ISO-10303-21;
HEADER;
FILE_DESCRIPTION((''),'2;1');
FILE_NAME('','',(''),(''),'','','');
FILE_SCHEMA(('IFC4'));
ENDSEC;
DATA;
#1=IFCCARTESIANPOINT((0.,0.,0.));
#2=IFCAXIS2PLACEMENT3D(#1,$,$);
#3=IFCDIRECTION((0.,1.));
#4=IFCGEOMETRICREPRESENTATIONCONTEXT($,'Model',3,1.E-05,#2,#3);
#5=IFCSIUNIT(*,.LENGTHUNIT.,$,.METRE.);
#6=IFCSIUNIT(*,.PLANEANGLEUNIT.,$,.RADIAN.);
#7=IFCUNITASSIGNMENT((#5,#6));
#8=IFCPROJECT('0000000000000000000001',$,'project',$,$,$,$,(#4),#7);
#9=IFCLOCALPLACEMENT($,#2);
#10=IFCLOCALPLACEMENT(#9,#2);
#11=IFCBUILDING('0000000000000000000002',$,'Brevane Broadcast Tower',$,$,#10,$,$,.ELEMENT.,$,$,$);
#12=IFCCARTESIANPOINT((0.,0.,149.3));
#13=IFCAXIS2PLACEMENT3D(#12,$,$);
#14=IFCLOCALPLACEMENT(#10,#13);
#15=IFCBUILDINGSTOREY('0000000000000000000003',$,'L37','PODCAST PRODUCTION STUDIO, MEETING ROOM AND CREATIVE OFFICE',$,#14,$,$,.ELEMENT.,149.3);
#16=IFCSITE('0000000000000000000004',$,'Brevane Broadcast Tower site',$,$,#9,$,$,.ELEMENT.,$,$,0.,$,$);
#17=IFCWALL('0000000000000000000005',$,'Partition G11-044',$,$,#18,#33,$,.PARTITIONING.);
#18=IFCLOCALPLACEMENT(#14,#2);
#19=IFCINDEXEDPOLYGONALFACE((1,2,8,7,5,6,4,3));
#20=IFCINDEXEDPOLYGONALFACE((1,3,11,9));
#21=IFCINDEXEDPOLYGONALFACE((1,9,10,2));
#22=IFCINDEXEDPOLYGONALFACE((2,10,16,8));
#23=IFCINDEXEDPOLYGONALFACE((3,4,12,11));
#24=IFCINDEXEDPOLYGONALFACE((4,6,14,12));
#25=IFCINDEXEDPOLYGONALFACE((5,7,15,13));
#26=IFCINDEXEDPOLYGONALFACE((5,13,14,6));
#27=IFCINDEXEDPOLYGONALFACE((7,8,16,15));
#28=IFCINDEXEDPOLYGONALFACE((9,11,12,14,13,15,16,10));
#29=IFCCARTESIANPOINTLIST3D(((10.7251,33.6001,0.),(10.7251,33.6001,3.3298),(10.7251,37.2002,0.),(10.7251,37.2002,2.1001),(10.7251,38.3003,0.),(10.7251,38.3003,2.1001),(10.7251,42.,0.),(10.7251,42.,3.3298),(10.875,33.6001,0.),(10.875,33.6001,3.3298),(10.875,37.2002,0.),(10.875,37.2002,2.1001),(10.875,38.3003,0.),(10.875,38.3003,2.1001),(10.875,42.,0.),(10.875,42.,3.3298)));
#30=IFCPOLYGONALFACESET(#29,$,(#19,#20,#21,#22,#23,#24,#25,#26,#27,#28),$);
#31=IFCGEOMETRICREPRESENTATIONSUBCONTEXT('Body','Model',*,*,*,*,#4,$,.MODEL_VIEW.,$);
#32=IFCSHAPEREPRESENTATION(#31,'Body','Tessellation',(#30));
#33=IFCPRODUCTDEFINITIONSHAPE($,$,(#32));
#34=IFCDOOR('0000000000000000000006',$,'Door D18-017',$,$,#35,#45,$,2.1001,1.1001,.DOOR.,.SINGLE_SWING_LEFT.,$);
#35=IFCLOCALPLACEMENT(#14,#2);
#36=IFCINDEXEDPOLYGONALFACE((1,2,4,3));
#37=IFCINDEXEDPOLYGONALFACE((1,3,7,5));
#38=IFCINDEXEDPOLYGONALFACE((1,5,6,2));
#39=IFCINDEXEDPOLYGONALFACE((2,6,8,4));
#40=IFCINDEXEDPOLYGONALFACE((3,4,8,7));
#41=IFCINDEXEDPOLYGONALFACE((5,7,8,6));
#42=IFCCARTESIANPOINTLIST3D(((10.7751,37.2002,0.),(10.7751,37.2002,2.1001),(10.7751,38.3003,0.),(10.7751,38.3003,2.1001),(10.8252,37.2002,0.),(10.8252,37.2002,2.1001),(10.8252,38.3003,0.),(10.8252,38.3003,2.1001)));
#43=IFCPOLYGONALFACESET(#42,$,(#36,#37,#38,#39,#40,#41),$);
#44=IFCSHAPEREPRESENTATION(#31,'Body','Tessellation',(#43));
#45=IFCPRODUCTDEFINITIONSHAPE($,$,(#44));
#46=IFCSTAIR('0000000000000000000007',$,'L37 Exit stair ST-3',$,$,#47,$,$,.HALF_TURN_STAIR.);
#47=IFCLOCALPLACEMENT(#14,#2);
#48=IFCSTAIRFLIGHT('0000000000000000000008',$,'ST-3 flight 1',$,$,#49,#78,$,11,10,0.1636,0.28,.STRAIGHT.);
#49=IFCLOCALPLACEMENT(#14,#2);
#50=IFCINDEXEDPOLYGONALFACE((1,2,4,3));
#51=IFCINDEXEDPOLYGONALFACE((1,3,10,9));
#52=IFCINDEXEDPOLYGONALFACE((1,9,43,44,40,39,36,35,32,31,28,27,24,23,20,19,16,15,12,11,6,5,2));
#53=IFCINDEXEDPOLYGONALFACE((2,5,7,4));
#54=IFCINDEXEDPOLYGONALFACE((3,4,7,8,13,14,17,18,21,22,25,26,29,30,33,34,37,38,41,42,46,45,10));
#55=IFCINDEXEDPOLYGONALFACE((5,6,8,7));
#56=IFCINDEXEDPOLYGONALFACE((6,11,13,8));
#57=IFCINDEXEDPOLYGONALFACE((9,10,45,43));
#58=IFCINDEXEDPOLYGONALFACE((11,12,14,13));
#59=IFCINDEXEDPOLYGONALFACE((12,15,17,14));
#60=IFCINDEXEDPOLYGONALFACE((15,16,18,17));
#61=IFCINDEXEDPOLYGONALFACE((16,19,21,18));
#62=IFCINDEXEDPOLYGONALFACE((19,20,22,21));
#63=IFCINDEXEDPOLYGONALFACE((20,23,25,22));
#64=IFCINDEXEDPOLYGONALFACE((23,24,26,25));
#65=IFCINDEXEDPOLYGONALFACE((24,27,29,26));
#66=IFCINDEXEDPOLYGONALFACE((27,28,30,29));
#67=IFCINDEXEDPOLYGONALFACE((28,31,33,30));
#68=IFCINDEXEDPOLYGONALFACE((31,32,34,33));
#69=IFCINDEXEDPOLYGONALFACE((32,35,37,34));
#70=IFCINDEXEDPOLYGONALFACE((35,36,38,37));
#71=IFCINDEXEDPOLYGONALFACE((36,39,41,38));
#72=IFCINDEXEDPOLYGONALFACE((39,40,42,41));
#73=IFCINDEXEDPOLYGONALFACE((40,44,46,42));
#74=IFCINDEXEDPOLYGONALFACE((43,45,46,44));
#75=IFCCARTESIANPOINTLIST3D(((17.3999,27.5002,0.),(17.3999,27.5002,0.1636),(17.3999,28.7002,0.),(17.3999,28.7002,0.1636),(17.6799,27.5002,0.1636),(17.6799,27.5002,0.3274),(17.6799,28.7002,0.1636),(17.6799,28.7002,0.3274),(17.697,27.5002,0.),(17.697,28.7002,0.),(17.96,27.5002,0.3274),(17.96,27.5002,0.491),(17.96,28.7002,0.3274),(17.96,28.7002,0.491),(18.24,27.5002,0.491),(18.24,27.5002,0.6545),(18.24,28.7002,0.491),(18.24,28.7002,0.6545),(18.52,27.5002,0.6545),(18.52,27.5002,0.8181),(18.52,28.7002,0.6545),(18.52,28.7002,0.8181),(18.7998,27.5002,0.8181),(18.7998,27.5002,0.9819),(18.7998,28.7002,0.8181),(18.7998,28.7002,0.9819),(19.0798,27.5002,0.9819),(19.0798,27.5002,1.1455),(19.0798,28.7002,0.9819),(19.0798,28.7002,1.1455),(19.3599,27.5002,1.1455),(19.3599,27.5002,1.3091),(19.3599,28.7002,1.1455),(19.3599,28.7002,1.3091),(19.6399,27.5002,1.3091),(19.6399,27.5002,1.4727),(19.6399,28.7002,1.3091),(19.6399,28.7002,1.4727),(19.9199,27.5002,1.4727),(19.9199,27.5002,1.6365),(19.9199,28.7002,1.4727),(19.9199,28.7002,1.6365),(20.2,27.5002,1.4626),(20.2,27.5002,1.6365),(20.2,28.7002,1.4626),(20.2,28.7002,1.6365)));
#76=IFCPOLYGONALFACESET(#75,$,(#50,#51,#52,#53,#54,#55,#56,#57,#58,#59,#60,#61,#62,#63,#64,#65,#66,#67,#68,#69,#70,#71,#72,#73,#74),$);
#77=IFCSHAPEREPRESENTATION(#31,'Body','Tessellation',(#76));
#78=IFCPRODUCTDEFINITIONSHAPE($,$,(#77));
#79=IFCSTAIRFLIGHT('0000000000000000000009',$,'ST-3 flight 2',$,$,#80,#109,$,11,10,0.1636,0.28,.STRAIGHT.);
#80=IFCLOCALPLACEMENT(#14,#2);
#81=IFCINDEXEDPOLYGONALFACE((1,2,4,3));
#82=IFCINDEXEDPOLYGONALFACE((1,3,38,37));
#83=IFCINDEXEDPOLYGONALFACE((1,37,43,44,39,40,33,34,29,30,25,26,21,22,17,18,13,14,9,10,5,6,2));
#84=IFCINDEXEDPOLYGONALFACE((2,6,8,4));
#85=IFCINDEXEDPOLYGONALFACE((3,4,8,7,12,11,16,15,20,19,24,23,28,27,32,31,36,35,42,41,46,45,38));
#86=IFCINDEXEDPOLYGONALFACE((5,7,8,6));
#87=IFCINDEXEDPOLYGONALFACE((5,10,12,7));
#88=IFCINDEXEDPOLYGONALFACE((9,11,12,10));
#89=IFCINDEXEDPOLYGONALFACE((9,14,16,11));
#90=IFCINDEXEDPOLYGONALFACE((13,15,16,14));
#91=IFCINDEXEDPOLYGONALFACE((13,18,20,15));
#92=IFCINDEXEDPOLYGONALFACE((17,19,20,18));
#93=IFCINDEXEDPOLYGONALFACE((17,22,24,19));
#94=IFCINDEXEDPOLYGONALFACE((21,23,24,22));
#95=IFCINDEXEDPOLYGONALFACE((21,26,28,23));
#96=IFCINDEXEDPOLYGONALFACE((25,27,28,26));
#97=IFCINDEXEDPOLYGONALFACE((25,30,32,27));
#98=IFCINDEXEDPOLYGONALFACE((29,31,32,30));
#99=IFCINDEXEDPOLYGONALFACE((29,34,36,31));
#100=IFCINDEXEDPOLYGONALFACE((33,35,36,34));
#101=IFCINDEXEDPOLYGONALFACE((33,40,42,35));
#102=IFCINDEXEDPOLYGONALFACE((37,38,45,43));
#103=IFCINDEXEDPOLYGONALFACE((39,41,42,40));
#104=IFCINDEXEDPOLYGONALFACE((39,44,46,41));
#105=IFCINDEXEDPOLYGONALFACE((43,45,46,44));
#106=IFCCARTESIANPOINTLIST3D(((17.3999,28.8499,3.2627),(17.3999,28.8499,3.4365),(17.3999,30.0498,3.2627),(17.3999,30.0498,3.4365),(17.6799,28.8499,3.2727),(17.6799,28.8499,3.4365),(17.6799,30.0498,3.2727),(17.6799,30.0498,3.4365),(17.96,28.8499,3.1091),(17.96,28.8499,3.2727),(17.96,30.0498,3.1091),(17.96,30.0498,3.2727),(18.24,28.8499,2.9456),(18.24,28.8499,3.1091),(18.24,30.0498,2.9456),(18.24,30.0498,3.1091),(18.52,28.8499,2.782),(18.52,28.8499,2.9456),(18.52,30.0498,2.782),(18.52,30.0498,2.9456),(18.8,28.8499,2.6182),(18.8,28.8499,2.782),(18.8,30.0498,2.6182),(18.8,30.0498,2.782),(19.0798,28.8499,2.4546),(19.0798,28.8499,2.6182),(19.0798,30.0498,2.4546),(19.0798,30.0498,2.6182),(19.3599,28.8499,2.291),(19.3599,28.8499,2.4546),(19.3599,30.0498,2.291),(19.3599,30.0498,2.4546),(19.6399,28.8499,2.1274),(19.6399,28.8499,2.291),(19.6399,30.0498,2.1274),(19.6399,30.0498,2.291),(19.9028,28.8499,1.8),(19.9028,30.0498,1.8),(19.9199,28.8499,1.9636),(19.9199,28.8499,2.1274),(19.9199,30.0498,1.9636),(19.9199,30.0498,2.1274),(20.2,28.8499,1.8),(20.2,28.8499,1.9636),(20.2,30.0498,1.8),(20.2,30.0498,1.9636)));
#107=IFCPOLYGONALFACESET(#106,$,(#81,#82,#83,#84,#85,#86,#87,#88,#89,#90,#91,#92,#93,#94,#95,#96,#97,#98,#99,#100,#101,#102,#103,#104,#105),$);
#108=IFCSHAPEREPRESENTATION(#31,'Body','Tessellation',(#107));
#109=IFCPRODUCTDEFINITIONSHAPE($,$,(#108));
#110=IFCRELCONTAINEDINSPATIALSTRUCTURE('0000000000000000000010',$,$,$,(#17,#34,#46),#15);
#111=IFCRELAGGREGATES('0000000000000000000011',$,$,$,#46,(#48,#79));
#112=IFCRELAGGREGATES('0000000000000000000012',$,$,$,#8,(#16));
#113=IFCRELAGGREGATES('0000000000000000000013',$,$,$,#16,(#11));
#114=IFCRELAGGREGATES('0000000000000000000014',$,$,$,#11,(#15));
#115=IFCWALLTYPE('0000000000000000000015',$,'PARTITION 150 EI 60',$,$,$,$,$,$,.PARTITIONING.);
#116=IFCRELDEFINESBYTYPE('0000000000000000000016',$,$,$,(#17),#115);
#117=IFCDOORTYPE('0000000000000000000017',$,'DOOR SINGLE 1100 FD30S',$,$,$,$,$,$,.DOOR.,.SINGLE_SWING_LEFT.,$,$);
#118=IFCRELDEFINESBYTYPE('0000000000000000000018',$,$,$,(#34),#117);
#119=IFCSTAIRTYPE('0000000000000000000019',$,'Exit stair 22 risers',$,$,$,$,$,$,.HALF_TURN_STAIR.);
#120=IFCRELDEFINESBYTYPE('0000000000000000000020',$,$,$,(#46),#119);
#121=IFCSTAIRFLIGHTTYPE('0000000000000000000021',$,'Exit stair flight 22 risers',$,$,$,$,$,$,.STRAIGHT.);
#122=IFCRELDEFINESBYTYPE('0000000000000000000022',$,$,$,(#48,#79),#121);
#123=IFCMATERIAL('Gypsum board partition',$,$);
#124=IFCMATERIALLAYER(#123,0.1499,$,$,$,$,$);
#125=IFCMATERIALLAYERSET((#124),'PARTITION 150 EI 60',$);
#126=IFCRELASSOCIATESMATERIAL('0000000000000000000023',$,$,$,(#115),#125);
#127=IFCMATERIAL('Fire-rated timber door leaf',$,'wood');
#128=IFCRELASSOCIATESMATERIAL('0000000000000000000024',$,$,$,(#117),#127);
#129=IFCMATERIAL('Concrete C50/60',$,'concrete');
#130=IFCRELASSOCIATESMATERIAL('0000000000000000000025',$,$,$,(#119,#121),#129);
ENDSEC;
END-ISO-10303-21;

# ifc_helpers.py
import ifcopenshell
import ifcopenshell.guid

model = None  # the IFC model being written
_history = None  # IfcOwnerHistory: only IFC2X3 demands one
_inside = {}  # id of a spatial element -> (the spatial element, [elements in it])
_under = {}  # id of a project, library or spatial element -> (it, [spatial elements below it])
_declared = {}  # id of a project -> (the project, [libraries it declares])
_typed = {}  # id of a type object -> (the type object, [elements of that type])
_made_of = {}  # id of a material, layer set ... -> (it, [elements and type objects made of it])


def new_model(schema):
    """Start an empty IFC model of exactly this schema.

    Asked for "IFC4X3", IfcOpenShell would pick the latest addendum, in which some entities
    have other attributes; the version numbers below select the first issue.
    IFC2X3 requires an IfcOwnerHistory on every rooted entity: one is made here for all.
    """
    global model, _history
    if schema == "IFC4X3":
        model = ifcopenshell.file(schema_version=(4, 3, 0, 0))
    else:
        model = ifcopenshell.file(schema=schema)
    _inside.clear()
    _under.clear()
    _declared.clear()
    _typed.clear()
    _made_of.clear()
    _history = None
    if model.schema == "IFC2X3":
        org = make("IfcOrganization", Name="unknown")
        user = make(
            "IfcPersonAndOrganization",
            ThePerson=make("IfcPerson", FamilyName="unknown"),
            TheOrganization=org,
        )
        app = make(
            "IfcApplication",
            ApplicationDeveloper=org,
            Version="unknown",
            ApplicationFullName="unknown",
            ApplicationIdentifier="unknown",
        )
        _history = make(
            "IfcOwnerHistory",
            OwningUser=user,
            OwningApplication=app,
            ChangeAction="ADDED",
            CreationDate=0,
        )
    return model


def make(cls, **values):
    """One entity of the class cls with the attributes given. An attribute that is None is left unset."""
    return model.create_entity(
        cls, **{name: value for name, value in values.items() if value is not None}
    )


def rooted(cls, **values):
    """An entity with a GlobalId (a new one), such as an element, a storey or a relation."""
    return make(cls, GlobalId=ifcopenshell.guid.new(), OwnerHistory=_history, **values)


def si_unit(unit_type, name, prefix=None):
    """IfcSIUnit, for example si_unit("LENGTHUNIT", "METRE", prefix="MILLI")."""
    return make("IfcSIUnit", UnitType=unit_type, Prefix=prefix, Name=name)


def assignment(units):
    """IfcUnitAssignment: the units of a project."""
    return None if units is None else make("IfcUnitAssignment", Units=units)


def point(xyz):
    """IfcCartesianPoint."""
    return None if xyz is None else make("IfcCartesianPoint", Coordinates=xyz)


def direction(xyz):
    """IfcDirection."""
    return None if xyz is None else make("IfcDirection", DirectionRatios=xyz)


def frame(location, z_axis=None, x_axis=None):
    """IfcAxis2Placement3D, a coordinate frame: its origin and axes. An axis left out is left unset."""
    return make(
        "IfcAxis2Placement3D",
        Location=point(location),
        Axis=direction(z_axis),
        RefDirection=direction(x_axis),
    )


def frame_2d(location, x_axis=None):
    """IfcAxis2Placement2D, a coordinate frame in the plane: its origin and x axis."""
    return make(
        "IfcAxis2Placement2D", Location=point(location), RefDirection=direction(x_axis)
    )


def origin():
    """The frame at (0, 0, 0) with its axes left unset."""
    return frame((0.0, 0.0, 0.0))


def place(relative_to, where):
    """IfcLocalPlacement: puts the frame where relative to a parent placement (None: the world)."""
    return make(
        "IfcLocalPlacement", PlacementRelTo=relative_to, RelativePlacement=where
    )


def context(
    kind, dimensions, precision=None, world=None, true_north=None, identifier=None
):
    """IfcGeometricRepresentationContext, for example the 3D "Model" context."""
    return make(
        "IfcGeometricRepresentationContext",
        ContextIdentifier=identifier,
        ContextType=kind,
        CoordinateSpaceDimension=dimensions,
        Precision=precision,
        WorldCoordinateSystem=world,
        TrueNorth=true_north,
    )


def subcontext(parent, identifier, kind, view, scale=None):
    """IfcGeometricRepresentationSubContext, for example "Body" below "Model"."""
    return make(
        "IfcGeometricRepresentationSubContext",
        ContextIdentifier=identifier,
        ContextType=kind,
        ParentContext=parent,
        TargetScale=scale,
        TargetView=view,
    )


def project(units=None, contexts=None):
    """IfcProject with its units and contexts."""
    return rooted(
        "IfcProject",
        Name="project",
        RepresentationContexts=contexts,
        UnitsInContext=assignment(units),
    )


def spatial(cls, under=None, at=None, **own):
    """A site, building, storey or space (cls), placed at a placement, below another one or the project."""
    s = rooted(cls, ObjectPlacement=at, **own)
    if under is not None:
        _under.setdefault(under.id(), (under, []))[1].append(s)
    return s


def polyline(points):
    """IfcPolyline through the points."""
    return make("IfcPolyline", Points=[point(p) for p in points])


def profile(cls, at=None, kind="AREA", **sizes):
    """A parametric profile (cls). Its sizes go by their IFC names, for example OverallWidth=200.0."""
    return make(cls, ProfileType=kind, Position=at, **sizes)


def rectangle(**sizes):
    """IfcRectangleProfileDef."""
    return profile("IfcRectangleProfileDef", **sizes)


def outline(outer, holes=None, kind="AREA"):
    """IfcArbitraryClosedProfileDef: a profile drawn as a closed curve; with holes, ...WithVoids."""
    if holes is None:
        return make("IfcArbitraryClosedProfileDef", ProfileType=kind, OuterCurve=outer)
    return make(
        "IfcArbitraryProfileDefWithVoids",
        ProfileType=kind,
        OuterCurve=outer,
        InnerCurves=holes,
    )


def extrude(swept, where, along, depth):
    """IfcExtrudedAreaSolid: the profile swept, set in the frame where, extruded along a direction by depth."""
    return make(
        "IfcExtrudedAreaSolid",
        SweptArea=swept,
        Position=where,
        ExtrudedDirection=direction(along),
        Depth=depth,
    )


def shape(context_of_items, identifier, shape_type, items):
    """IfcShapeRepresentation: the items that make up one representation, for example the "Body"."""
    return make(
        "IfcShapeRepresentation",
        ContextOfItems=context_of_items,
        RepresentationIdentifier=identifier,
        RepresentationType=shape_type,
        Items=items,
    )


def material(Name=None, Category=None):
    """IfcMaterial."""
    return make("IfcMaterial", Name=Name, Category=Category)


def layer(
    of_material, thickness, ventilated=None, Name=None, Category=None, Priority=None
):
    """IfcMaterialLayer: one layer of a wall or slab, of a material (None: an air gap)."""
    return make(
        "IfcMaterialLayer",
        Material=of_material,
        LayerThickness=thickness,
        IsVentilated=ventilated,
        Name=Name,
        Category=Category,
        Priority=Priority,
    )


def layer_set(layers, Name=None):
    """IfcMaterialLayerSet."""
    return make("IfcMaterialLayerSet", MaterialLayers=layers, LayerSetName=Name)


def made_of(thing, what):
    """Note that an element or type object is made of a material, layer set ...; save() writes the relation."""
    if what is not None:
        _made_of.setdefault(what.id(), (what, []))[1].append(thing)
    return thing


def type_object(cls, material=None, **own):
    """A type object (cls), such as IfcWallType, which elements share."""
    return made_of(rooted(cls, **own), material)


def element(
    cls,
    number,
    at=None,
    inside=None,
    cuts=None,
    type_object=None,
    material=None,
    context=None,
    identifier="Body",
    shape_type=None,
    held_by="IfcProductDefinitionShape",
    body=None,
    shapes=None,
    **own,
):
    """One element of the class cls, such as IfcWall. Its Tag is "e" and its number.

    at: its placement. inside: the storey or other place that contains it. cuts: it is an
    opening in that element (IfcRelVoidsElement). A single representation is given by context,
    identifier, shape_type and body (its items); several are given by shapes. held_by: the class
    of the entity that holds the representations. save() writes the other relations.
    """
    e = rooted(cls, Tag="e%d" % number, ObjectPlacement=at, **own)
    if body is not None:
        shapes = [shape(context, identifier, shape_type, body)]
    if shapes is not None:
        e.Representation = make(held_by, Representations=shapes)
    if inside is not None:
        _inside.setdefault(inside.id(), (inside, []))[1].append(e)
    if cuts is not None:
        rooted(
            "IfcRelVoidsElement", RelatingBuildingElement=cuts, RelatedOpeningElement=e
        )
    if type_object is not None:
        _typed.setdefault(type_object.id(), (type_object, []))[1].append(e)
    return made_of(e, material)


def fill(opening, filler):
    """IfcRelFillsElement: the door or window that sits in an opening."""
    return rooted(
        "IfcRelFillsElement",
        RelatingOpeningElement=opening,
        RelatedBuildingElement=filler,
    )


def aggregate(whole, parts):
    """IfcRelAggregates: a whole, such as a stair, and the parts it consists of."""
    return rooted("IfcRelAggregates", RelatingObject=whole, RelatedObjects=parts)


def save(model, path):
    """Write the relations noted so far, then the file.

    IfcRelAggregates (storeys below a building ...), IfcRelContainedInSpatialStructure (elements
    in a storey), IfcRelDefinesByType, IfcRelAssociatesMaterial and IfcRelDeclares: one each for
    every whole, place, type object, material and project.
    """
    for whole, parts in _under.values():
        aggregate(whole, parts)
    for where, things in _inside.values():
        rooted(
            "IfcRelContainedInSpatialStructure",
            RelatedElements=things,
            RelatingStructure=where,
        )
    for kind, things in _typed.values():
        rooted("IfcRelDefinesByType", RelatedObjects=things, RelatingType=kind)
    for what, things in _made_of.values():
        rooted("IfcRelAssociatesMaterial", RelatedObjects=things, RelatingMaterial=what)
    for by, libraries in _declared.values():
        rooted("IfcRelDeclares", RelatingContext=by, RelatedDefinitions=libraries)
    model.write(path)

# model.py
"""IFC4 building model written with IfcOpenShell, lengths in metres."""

from ifc_helpers import new_model, si_unit, direction, frame, frame_2d, origin, place, context, subcontext, project, spatial, polyline, rectangle, outline, extrude, material, layer, layer_set, type_object, element, fill, aggregate, save


model = new_model("IFC4")

# Units and contexts
model_context = context("Model", 3, precision=1e-05, world=origin(), true_north=direction((0.0, 1.0)))
body_context = subcontext(model_context, "Body", "Model", "MODEL_VIEW")
ifc_project = project(units=[si_unit("LENGTHUNIT", "METRE"), si_unit("PLANEANGLEUNIT", "RADIAN")], contexts=[model_context])

# Site, building, storey
site_placement = place(None, origin())
site = spatial("IfcSite", under=ifc_project, at=site_placement, Name="Brevane Broadcast Tower site", CompositionType="ELEMENT", RefElevation=0.0)
building_placement = place(site_placement, origin())
building = spatial("IfcBuilding", under=site, at=building_placement, Name="Brevane Broadcast Tower", CompositionType="ELEMENT")
storey_placement = place(building_placement, frame((0.0, 0.0, 149.3)))
storey = spatial("IfcBuildingStorey", under=building, at=storey_placement, Name="L37", Description="PODCAST PRODUCTION STUDIO, MEETING ROOM AND CREATIVE OFFICE", CompositionType="ELEMENT", Elevation=149.3)

# Shared definitions
ifc_material_1 = material(Name="Gypsum board partition")

# Shared definitions
ifc_layer_1 = layer(ifc_material_1, 0.1499)
ifc_layer_set_1 = layer_set([ifc_layer_1], Name="PARTITION 150 EI 60")
wall_type_1 = type_object("IfcWallType", Name="PARTITION 150 EI 60", PredefinedType="PARTITIONING", material=ifc_layer_set_1)
ifc_material_2 = material(Name="Fire-rated timber door leaf", Category="wood")
door_type_1 = type_object("IfcDoorType", Name="DOOR SINGLE 1100 FD30S", OperationType="SINGLE_SWING_LEFT", PredefinedType="DOOR", material=ifc_material_2)

# Wall, opening, door
wall_1_placement = place(storey_placement, frame((10.8, 33.6001, 0.0), z_axis=(0.0, 0.0, 1.0), x_axis=(0.0, 1.0, 0.0)))
wall_1 = element("IfcWall", 1, at=wall_1_placement, inside=storey, type_object=wall_type_1, Name="Partition G11-044", PredefinedType="PARTITIONING", context=body_context, shape_type="SweptSolid", body=[
    extrude(rectangle(XDim=8.3999, YDim=0.1499, at=frame_2d((4.2, 0.0))), origin(), (0.0, 0.0, 1.0), 3.3298),
])
opening_1_placement = place(wall_1_placement, frame((3.6001, 0.0, 0.0)))
opening_1 = element("IfcOpeningElement", 2, at=opening_1_placement, cuts=wall_1, PredefinedType="OPENING", context=body_context, shape_type="SweptSolid", body=[
    extrude(rectangle(XDim=1.1001, YDim=2.1001, at=frame_2d((0.55, 1.05))), frame((0.0, 0.085, 0.0), z_axis=(0.0, -1.0, 0.0), x_axis=(1.0, 0.0, 0.0)), (0.0, 0.0, 1.0), 0.1699),
])
door_1_placement = place(opening_1_placement, origin())
door_1 = element("IfcDoor", 3, at=door_1_placement, inside=storey, type_object=door_type_1, Name="Door D18-017", OperationType="SINGLE_SWING_LEFT", OverallHeight=2.1001, OverallWidth=1.1001, PredefinedType="DOOR", context=body_context, shape_type="SweptSolid", body=[
    extrude(rectangle(XDim=1.1001, YDim=2.1001, at=frame_2d((0.55, 1.05))), frame((0.0, 0.0249, 0.0), z_axis=(0.0, -1.0, 0.0), x_axis=(1.0, 0.0, 0.0)), (0.0, 0.0, 1.0), 0.05),
])
fill(opening_1, door_1)

# Stair, stair flights
ifc_material_3 = material(Name="Concrete C50/60", Category="concrete")
stair_type = type_object("IfcStairType", Name="Exit stair 22 risers", PredefinedType="HALF_TURN_STAIR", material=ifc_material_3)
stair_placement = place(storey_placement, origin())
stair = element("IfcStair", 4, at=stair_placement, inside=storey, type_object=stair_type, Name="L37 Exit stair ST-3", PredefinedType="HALF_TURN_STAIR")
stair_flight_type = type_object("IfcStairFlightType", Name="Exit stair flight 22 risers", PredefinedType="STRAIGHT", material=ifc_material_3)
stair_flight_1_placement = place(storey_placement, frame((17.3999, 28.1001, 0.0), z_axis=(0.0, 0.0, 1.0), x_axis=(1.0, 0.0, 0.0)))
stair_flight_1 = element("IfcStairFlight", 5, at=stair_flight_1_placement, type_object=stair_flight_type, Name="ST-3 flight 1", NumberOfRisers=11, NumberOfTreads=10, PredefinedType="STRAIGHT", RiserHeight=0.1636, TreadLength=0.28, context=body_context, shape_type="SweptSolid", body=[
    extrude(outline(polyline([(0.0, 0.0), (0.0, 0.1636), (0.28, 0.1636), (0.28, 0.3274), (0.5601, 0.3274), (0.5601, 0.491), (0.8401, 0.491), (0.8401, 0.6545), (1.1201, 0.6545), (1.1201, 0.8181), (1.3999, 0.8181), (1.3999, 0.9819), (1.6799, 0.9819), (1.6799, 1.1455), (1.96, 1.1455), (1.96, 1.3091), (2.24, 1.3091), (2.24, 1.4727), (2.52, 1.4727), (2.52, 1.6365), (2.8, 1.6365), (2.8, 1.8), (2.8, 1.4626), (0.2971, 0.0), (0.0, 0.0)])), frame((0.0, 0.6001, 0.0), z_axis=(0.0, -1.0, 0.0), x_axis=(1.0, 0.0, 0.0)), (0.0, 0.0, 1.0), 1.2),
])
stair_flight_2_placement = place(storey_placement, frame((20.2, 29.45, 1.8), z_axis=(0.0, 0.0, 1.0), x_axis=(-1.0, 0.0, 0.0)))
stair_flight_2 = element("IfcStairFlight", 6, at=stair_flight_2_placement, type_object=stair_flight_type, Name="ST-3 flight 2", NumberOfRisers=11, NumberOfTreads=10, PredefinedType="STRAIGHT", RiserHeight=0.1636, TreadLength=0.28, context=body_context, shape_type="SweptSolid", body=[
    extrude(outline(polyline([(0.0, 0.0), (0.0, 0.1636), (0.28, 0.1636), (0.28, 0.3274), (0.5601, 0.3274), (0.5601, 0.491), (0.8401, 0.491), (0.8401, 0.6545), (1.1201, 0.6545), (1.1201, 0.8181), (1.3999, 0.8181), (1.3999, 0.9819), (1.6799, 0.9819), (1.6799, 1.1455), (1.96, 1.1455), (1.96, 1.3091), (2.24, 1.3091), (2.24, 1.4727), (2.52, 1.4727), (2.52, 1.6365), (2.8, 1.6365), (2.8, 1.8), (2.8, 1.4626), (0.2971, 0.0), (0.0, 0.0)])), frame((0.0, 0.6001, 0.0), z_axis=(0.0, -1.0, 0.0), x_axis=(1.0, 0.0, 0.0)), (0.0, 0.0, 1.0), 1.2),
])
aggregate(stair, [stair_flight_1, stair_flight_2])

save(model, "model.ifc")
